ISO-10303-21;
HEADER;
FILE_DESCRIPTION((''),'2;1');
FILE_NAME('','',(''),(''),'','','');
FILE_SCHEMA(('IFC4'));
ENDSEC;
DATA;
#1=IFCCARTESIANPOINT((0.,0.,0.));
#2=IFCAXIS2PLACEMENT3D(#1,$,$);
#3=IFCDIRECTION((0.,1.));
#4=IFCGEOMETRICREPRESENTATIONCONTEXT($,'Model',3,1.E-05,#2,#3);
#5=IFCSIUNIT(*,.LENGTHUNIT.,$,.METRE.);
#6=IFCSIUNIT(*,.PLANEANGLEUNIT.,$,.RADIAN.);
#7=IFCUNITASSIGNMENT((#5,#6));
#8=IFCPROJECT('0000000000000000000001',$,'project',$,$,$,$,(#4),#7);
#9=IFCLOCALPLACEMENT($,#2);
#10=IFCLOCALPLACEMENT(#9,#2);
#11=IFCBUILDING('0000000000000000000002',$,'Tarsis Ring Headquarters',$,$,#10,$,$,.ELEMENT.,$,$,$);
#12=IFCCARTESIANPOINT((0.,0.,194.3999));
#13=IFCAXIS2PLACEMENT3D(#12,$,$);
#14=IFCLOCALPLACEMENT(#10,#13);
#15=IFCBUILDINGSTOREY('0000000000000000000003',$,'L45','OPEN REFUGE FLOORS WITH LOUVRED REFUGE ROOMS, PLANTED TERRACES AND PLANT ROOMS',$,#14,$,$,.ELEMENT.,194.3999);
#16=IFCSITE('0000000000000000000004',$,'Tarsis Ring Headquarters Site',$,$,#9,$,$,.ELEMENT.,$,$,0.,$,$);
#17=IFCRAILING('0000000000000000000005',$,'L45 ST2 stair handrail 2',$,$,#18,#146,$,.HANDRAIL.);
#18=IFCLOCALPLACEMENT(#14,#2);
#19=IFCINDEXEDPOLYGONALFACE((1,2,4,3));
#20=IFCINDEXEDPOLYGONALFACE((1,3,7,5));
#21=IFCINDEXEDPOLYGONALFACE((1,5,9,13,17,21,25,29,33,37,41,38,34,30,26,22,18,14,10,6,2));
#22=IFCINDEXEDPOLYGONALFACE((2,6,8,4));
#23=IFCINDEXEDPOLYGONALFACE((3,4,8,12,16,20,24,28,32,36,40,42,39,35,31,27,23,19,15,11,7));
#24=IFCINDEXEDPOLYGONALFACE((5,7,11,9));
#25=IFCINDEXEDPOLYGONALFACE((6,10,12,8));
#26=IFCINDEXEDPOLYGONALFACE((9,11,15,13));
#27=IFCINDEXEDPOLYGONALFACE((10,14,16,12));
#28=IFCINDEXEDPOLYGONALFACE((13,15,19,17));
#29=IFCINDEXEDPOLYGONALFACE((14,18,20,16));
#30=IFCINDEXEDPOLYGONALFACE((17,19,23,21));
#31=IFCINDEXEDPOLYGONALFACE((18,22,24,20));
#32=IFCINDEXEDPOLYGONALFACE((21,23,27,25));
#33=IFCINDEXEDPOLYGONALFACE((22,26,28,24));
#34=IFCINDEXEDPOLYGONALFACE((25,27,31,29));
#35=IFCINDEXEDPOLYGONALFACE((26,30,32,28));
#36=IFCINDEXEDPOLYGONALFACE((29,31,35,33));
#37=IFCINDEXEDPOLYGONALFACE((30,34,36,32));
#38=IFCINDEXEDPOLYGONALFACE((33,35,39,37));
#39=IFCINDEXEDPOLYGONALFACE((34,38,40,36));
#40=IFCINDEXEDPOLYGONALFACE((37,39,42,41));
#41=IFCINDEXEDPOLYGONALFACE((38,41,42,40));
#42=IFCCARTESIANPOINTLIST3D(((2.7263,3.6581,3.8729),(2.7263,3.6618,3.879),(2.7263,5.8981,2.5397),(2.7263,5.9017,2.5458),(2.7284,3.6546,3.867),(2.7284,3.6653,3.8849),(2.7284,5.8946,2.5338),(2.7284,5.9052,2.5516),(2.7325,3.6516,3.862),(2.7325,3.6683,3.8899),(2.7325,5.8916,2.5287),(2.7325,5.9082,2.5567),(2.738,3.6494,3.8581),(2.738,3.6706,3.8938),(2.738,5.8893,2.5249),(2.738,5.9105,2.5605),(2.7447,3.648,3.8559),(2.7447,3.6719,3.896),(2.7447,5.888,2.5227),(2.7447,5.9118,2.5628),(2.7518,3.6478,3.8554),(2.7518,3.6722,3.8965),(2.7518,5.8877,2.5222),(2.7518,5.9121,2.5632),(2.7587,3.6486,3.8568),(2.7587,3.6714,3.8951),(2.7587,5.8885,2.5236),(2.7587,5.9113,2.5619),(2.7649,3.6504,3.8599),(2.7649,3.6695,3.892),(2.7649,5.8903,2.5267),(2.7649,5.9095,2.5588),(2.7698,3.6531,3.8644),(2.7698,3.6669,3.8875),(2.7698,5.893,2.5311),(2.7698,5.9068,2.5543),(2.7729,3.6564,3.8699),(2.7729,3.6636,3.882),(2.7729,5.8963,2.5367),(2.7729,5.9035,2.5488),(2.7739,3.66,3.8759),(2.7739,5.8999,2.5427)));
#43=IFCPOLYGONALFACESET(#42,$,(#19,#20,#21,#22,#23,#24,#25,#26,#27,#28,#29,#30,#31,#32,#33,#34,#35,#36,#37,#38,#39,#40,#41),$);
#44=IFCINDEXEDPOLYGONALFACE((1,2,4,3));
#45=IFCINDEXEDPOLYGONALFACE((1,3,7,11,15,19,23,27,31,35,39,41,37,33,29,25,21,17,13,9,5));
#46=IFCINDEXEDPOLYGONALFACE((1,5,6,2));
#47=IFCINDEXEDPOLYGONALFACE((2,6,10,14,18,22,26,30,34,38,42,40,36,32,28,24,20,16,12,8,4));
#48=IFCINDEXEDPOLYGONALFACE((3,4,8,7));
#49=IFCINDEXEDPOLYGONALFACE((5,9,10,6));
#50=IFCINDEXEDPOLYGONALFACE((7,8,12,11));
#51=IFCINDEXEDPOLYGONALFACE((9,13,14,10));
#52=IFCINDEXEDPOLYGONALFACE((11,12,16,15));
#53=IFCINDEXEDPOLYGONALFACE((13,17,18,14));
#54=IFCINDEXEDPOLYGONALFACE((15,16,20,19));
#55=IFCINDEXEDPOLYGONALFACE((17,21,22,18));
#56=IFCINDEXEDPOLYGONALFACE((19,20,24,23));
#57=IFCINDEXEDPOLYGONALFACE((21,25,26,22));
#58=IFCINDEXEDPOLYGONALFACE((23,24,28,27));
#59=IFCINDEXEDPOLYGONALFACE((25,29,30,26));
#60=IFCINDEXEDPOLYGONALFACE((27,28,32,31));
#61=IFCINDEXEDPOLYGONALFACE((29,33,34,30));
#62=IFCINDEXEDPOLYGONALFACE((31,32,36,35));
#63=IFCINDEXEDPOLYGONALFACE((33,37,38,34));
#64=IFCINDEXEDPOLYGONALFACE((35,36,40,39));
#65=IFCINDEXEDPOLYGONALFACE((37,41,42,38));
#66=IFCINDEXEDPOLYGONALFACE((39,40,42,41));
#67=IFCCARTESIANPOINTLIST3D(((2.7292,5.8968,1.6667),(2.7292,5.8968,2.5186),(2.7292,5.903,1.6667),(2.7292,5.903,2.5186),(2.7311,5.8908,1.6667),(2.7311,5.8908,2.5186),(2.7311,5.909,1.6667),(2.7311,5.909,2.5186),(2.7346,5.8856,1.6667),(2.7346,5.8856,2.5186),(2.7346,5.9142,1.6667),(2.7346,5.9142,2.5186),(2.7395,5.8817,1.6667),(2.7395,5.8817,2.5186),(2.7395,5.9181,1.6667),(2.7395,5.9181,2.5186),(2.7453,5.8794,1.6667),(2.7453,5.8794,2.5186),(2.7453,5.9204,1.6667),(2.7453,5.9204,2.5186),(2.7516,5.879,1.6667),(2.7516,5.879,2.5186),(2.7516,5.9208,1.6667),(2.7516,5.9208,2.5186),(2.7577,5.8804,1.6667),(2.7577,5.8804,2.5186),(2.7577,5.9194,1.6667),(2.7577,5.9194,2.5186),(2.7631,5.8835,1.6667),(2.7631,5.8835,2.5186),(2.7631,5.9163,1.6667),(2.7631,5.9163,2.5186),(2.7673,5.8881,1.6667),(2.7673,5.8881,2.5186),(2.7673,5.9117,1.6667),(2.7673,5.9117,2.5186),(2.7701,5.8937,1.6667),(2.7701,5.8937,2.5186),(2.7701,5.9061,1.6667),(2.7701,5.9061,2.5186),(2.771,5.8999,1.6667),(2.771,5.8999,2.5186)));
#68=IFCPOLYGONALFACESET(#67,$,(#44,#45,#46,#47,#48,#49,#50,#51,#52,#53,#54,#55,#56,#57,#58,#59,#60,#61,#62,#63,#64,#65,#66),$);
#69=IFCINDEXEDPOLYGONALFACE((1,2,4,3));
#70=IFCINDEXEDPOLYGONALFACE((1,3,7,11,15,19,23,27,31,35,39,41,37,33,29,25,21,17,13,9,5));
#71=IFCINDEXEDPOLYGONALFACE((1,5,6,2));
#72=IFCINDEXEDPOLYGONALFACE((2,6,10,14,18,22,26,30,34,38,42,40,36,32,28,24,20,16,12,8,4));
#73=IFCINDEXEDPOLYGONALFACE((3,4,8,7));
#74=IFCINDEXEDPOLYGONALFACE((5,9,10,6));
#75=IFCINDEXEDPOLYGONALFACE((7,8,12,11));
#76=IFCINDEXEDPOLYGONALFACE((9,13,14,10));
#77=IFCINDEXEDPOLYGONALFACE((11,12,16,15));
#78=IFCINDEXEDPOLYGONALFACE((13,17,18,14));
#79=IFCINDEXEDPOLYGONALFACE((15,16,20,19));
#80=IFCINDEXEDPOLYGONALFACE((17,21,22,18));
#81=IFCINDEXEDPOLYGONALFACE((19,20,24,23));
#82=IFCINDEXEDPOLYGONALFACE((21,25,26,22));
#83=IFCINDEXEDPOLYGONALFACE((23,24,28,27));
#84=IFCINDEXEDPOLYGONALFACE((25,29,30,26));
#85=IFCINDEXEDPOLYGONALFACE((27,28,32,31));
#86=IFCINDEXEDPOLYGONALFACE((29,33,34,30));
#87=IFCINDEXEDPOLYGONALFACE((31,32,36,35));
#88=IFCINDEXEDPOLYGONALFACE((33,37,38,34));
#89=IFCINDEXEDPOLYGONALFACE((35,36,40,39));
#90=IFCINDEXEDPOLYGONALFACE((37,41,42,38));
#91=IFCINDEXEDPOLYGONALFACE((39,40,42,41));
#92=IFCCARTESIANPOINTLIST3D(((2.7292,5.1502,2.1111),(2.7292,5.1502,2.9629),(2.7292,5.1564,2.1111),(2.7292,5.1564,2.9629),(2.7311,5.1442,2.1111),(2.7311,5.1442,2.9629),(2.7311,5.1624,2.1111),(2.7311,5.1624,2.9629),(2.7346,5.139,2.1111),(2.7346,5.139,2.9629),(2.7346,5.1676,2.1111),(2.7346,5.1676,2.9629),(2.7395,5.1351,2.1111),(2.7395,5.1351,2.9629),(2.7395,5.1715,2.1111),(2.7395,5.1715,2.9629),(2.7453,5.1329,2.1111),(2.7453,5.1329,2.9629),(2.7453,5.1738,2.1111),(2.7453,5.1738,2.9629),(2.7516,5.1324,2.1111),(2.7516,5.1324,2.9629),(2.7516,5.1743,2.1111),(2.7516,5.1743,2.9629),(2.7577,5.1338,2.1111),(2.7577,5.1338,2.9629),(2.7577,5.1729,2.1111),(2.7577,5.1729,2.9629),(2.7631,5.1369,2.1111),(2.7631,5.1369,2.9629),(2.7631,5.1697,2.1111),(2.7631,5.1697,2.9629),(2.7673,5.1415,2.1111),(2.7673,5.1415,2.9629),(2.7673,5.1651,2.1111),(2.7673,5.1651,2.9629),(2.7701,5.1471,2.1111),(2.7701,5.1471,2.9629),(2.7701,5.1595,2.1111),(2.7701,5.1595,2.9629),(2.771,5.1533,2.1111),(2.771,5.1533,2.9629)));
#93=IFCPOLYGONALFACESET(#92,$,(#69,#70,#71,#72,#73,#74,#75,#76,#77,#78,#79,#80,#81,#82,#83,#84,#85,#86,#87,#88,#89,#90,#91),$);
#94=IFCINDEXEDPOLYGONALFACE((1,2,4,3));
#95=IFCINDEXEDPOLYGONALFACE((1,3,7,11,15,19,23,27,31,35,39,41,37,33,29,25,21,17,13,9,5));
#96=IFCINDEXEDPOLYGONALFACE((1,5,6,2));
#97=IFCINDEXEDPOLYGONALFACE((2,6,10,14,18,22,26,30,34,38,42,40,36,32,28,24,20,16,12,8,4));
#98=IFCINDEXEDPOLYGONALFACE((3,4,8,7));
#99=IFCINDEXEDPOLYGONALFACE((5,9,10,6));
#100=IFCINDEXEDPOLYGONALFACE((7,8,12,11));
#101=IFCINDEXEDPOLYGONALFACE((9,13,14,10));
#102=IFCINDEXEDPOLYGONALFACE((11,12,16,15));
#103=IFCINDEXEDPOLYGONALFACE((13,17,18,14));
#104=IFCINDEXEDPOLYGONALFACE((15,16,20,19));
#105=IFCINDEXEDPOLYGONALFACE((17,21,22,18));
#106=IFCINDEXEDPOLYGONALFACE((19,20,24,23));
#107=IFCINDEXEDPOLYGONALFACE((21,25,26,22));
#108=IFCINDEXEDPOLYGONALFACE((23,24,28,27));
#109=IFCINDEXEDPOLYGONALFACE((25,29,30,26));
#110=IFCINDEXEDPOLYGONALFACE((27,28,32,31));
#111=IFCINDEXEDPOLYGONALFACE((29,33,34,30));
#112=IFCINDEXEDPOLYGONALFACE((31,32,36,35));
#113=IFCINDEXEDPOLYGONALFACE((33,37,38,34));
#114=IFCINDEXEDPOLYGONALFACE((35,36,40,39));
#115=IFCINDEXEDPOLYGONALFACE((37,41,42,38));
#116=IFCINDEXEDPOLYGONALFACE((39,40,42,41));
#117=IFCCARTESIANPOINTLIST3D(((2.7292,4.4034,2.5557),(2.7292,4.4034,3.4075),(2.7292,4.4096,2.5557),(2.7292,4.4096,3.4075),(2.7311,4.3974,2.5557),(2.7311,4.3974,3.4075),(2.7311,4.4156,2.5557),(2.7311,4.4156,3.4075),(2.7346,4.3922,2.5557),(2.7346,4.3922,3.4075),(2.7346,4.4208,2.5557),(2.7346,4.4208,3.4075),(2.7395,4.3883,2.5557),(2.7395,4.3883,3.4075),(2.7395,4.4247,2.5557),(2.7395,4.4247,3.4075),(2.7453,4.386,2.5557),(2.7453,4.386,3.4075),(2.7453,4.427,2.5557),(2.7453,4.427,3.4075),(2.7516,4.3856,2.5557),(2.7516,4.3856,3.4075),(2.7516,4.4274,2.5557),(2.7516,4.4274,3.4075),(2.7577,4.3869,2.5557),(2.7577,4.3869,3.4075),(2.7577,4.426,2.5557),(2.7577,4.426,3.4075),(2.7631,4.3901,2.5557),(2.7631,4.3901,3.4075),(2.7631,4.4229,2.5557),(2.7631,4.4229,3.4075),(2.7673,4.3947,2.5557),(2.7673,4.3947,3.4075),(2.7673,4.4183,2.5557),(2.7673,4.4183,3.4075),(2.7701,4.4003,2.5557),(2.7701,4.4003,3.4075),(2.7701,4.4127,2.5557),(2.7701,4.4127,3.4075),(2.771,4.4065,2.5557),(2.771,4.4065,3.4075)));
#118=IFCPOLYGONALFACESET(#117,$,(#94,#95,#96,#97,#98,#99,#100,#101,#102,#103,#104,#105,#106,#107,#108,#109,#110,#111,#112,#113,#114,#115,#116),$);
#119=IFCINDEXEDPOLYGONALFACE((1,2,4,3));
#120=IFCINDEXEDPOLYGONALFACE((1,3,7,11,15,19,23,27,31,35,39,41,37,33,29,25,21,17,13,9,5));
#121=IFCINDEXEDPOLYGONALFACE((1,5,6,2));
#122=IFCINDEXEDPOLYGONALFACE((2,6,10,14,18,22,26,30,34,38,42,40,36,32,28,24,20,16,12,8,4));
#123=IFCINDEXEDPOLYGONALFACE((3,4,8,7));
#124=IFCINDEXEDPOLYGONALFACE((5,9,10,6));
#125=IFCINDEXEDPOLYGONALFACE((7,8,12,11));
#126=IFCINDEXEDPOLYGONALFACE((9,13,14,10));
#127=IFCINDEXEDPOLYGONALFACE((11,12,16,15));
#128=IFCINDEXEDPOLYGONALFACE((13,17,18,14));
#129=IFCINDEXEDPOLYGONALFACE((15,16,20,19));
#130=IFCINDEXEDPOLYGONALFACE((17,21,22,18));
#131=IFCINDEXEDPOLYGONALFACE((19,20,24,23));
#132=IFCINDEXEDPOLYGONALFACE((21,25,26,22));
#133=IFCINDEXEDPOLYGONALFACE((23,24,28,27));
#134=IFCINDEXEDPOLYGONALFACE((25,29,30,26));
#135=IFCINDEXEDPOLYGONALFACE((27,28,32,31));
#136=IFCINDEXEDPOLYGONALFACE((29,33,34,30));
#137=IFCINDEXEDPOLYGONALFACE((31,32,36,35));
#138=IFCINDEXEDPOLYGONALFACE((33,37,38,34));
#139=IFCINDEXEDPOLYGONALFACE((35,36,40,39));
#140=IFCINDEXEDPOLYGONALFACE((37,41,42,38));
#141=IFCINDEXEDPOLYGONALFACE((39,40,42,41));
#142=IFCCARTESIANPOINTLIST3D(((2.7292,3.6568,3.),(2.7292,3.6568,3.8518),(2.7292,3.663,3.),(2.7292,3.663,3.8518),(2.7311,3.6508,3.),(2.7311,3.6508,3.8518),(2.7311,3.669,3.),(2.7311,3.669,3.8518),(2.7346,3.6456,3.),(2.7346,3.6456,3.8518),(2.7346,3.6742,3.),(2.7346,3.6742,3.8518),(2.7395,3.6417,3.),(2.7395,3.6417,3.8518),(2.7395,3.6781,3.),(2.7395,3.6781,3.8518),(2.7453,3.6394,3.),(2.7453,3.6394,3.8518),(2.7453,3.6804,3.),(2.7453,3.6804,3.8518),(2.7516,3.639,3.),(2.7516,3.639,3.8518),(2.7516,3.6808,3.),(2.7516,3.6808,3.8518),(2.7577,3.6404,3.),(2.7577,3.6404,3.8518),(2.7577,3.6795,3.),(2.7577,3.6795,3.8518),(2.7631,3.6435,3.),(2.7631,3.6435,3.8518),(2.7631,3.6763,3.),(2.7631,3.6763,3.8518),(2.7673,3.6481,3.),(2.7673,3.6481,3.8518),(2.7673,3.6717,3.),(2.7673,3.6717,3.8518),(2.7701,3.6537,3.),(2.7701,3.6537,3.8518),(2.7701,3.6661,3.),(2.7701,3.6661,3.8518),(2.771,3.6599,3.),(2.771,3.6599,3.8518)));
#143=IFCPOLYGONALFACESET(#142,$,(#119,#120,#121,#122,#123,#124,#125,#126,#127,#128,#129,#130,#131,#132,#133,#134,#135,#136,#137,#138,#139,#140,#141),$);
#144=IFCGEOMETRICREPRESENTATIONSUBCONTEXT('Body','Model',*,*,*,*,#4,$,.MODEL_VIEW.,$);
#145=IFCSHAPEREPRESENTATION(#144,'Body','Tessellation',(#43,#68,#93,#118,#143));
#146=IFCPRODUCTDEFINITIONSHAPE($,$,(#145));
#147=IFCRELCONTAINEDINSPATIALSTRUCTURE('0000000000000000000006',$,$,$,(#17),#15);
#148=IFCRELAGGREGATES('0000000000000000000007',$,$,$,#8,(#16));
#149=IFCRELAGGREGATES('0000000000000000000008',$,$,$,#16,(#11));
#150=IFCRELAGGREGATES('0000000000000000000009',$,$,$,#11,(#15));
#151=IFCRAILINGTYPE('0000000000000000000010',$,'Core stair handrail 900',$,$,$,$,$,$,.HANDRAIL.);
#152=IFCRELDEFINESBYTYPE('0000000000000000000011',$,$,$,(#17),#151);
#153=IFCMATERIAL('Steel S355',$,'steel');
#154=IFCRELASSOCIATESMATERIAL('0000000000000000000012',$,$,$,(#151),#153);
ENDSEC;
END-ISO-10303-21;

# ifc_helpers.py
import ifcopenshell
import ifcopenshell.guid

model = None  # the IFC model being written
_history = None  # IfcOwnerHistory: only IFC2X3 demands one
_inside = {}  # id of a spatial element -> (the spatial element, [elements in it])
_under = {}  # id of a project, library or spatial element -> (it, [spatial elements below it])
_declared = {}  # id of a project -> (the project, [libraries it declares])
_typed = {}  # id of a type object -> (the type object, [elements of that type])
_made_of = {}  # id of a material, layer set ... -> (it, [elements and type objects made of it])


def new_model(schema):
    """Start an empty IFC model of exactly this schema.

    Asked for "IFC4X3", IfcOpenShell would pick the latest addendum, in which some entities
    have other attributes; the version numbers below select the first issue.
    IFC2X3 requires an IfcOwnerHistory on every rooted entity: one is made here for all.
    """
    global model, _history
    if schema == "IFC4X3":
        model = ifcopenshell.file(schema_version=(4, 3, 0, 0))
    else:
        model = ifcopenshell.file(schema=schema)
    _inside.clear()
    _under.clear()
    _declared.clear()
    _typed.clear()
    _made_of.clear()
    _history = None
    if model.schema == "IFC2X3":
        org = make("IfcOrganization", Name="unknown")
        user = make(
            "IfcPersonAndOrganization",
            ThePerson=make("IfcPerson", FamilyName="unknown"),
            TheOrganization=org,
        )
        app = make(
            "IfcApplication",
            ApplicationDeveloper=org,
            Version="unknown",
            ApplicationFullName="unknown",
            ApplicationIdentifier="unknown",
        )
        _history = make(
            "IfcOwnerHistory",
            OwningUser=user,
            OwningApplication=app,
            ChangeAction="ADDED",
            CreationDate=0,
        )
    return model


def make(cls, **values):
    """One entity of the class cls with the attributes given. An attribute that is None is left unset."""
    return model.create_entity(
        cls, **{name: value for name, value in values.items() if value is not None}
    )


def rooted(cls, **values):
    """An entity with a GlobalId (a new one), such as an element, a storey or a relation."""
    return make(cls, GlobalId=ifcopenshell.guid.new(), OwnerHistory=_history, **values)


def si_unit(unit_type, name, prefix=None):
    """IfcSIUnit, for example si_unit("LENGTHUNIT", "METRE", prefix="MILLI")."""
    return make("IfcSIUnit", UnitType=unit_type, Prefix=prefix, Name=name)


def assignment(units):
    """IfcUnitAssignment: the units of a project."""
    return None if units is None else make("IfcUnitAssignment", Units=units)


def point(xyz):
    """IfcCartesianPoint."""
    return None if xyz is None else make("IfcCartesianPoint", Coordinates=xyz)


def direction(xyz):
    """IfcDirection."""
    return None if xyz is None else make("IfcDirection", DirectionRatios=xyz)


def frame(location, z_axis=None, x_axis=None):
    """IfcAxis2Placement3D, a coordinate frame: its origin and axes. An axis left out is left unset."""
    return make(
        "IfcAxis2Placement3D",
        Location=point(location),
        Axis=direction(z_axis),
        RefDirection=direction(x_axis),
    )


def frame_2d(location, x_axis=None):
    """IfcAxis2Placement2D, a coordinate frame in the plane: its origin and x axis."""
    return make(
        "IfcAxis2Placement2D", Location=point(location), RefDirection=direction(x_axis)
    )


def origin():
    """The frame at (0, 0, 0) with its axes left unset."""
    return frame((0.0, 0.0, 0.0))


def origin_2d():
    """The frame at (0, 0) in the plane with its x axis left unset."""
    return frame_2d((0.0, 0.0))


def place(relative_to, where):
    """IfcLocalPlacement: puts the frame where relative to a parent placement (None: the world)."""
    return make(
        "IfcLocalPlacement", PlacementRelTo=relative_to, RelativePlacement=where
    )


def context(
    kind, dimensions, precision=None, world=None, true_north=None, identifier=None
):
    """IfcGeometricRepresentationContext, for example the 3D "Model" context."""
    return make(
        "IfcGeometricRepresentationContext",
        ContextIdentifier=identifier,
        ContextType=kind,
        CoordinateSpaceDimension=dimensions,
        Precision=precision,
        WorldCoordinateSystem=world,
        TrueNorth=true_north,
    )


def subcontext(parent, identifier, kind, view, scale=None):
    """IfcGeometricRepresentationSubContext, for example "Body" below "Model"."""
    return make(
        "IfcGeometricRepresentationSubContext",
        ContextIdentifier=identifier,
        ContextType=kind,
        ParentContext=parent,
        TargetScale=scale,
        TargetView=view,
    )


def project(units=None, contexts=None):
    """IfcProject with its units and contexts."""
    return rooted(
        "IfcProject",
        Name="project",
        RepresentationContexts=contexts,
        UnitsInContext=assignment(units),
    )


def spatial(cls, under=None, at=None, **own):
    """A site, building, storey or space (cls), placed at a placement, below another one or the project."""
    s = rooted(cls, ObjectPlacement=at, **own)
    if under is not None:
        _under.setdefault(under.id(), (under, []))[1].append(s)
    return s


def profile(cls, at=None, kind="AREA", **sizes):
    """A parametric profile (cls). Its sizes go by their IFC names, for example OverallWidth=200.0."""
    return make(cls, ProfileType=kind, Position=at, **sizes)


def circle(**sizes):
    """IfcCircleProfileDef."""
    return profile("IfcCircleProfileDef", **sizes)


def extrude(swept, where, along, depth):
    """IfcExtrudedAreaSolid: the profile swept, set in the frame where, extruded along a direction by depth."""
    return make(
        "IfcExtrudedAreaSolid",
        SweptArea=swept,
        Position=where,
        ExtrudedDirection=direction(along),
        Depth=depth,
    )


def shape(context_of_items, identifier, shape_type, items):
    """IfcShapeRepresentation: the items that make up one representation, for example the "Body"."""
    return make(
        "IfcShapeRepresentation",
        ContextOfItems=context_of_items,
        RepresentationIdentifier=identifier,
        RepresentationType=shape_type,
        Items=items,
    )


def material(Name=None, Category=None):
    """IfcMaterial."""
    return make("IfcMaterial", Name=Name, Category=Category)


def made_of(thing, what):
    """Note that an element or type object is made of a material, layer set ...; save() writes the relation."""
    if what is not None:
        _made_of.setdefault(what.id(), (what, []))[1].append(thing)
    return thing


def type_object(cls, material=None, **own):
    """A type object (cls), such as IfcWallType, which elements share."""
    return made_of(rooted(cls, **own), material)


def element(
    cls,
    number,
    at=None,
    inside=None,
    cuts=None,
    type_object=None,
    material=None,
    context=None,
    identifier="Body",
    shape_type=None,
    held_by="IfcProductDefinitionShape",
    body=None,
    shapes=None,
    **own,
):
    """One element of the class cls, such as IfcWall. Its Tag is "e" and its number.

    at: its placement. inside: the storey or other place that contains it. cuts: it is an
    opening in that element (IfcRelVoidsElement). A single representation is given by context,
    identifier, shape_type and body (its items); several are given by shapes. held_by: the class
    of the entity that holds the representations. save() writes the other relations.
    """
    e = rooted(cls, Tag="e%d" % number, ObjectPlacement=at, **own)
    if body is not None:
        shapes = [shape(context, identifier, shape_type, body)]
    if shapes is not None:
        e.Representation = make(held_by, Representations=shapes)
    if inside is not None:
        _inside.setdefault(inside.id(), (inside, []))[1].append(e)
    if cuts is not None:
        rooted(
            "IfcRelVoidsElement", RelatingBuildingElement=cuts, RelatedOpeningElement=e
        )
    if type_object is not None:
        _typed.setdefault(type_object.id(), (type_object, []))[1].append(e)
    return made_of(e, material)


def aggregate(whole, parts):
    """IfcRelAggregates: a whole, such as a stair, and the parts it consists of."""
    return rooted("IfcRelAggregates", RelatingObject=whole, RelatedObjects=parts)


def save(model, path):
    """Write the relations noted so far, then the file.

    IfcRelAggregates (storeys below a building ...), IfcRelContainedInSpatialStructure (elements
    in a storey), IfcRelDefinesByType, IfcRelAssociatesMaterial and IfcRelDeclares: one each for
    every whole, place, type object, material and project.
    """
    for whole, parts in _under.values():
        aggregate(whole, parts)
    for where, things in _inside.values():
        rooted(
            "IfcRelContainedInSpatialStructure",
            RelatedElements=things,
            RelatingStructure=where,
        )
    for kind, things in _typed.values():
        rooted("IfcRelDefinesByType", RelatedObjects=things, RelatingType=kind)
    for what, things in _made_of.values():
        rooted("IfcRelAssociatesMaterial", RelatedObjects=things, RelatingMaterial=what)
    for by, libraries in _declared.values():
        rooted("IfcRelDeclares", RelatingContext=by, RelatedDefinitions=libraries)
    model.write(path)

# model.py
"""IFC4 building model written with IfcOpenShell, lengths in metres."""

from ifc_helpers import new_model, si_unit, direction, frame, origin, origin_2d, place, context, subcontext, project, spatial, circle, extrude, material, type_object, element, save


model = new_model("IFC4")

# Units and contexts
model_context = context("Model", 3, precision=1e-05, world=origin(), true_north=direction((0.0, 1.0)))
body_context = subcontext(model_context, "Body", "Model", "MODEL_VIEW")
ifc_project = project(units=[si_unit("LENGTHUNIT", "METRE"), si_unit("PLANEANGLEUNIT", "RADIAN")], contexts=[model_context])

# Site, building, storey
site_placement = place(None, origin())
site = spatial("IfcSite", under=ifc_project, at=site_placement, Name="Tarsis Ring Headquarters Site", CompositionType="ELEMENT", RefElevation=0.0)
building_placement = place(site_placement, origin())
building = spatial("IfcBuilding", under=site, at=building_placement, Name="Tarsis Ring Headquarters", CompositionType="ELEMENT")
storey_placement = place(building_placement, frame((0.0, 0.0, 194.3999)))
storey = spatial("IfcBuildingStorey", under=building, at=storey_placement, Name="L45", Description="OPEN REFUGE FLOORS WITH LOUVRED REFUGE ROOMS, PLANTED TERRACES AND PLANT ROOMS", CompositionType="ELEMENT", Elevation=194.3999)

# Shared definitions
ifc_material_1 = material(Name="Steel S355", Category="steel")

# Railing
railing_type_1 = type_object("IfcRailingType", Name="Core stair handrail 900", PredefinedType="HANDRAIL", material=ifc_material_1)
railing_1_placement = place(storey_placement, frame((2.75, 5.8999, 1.6667)))
element("IfcRailing", 1, at=railing_1_placement, inside=storey, type_object=railing_type_1, Name="L45 ST2 stair handrail 2", PredefinedType="HANDRAIL", context=body_context, shape_type="SweptSolid", body=[
    extrude(circle(Radius=0.0239, at=origin_2d()), frame((0.0, 0.0, 0.876), z_axis=(0.0, -0.859306, 0.511462), x_axis=(1.0, 0.0, 0.0)), (0.0, 0.0, 1.0), 2.6067),
    extrude(circle(Radius=0.021, at=origin_2d()), origin(), (0.0, 0.0, 1.0), 0.8518),
    extrude(circle(Radius=0.021, at=origin_2d()), frame((0.0, -0.7466, 0.4443)), (0.0, 0.0, 1.0), 0.8518),
    extrude(circle(Radius=0.021, at=origin_2d()), frame((0.0, -1.4934, 0.8889)), (0.0, 0.0, 1.0), 0.8518),
    extrude(circle(Radius=0.021, at=origin_2d()), frame((0.0, -2.24, 1.3333)), (0.0, 0.0, 1.0), 0.8518),
])

save(model, "model.ifc")
